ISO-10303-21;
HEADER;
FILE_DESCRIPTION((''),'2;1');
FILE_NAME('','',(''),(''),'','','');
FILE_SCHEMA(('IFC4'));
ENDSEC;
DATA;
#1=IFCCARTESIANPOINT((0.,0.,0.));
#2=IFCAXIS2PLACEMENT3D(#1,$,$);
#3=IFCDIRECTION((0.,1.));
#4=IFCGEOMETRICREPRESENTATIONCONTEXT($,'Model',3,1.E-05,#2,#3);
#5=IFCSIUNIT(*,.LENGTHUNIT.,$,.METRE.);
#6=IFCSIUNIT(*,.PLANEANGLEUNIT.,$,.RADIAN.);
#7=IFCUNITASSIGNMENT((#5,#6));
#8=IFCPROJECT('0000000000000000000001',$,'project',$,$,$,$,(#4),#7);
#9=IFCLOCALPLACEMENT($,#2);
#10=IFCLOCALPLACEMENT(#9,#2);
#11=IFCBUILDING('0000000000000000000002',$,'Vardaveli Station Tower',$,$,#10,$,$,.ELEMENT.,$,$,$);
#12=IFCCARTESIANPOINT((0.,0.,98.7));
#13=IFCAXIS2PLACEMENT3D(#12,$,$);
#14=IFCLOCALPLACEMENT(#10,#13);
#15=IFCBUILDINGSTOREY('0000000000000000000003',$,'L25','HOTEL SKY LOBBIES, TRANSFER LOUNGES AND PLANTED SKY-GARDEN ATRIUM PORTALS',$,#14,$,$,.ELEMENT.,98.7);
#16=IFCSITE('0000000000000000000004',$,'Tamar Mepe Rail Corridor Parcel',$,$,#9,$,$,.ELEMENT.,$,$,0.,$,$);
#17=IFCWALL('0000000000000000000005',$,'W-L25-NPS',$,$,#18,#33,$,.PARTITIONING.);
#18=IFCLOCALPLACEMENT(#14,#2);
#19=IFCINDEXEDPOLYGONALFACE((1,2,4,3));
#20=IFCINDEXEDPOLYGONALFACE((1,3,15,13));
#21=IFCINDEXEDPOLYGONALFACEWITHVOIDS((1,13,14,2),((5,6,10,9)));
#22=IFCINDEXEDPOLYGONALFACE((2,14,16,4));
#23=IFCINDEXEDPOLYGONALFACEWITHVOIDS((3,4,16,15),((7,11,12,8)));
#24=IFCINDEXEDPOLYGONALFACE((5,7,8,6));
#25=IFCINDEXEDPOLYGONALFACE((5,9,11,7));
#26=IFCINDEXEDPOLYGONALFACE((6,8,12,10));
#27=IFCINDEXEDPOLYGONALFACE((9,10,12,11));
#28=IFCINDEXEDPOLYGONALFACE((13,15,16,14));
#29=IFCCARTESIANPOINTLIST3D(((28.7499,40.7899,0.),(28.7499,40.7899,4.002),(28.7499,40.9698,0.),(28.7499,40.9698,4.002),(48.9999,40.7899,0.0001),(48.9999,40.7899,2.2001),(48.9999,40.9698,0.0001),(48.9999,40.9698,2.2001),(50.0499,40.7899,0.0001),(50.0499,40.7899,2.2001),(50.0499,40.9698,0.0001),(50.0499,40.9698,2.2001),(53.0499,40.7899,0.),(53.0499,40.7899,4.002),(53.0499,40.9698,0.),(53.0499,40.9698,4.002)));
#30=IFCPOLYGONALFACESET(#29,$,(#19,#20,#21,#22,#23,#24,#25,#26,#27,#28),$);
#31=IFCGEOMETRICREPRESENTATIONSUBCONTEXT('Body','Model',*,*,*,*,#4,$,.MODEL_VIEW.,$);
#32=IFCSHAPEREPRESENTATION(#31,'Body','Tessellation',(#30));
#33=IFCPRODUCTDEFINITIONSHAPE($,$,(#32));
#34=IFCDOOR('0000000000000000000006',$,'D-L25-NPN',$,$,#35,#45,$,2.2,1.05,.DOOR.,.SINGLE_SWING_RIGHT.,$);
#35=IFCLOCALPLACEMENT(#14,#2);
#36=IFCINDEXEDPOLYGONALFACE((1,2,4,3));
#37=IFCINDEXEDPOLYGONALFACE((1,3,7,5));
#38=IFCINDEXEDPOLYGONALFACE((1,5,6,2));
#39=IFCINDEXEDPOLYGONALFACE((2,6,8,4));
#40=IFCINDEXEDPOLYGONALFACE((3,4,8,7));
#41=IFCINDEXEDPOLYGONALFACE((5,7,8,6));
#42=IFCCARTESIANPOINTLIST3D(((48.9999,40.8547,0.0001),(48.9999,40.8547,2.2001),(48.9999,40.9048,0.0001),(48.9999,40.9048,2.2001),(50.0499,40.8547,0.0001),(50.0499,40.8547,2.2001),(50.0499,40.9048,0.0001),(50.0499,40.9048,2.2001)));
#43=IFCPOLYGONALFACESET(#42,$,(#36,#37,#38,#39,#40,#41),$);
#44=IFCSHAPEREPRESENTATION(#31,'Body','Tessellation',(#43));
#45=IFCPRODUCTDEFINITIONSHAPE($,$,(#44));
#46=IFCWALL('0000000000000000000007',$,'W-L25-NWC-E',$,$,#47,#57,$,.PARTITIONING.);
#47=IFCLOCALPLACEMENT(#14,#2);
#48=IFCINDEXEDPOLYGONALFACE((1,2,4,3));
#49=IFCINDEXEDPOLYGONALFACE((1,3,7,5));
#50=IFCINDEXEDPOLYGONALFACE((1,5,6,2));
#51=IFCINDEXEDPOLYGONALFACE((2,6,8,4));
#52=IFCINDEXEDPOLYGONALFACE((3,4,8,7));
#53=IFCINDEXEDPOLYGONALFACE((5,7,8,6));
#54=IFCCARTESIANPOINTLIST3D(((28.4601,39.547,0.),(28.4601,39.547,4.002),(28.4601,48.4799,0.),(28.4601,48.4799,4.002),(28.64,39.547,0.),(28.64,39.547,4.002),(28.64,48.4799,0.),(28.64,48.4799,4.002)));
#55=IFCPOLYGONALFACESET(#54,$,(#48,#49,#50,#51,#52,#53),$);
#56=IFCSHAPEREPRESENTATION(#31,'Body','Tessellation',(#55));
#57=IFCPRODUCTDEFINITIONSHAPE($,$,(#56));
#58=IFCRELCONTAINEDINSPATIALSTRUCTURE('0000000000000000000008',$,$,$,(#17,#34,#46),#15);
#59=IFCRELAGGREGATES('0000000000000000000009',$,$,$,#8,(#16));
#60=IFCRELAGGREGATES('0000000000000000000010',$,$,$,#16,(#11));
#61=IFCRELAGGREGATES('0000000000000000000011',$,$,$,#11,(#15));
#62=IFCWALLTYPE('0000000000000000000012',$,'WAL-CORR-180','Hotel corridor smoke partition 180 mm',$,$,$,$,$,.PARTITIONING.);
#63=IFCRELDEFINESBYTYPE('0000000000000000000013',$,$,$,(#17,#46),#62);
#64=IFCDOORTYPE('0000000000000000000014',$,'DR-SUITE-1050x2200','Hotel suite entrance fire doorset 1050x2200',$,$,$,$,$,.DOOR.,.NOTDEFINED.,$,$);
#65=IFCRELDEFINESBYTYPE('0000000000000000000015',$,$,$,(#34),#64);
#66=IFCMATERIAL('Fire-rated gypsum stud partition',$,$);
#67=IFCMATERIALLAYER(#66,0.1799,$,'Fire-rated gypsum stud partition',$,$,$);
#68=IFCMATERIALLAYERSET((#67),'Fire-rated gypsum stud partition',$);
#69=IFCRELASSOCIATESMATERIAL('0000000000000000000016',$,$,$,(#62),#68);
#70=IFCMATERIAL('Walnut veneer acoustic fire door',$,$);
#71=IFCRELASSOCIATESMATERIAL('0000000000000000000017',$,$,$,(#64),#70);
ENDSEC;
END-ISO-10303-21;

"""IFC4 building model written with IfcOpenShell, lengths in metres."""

from ifc_helpers import new_model, si_unit, direction, frame, frame_2d, origin, place, context, subcontext, project, spatial, rectangle, extrude, source, transform, mapped, material, layer, layer_set, type_object, element, fill, save


model = new_model("IFC4")

# Units and contexts
model_context = context("Model", 3, precision=1e-05, world=origin(), true_north=direction((0.0, 1.0)))
body_context = subcontext(model_context, "Body", "Model", "MODEL_VIEW")
ifc_project = project(units=[si_unit("LENGTHUNIT", "METRE"), si_unit("PLANEANGLEUNIT", "RADIAN")], contexts=[model_context])

# Site, building, storey
site_placement = place(None, origin())
site = spatial("IfcSite", under=ifc_project, at=site_placement, Name="Tamar Mepe Rail Corridor Parcel", CompositionType="ELEMENT", RefElevation=0.0)
building_placement = place(site_placement, origin())
building = spatial("IfcBuilding", under=site, at=building_placement, Name="Vardaveli Station Tower", CompositionType="ELEMENT")
storey_placement = place(building_placement, frame((0.0, 0.0, 98.7)))
storey = spatial("IfcBuildingStorey", under=building, at=storey_placement, Name="L25", Description="HOTEL SKY LOBBIES, TRANSFER LOUNGES AND PLANTED SKY-GARDEN ATRIUM PORTALS", CompositionType="ELEMENT", Elevation=98.7)

# Wall, opening, door
ifc_material_1 = material(Name="Fire-rated gypsum stud partition")
ifc_layer_1 = layer(ifc_material_1, 0.1799, Name="Fire-rated gypsum stud partition")
ifc_layer_set_1 = layer_set([ifc_layer_1], Name="Fire-rated gypsum stud partition")
wall_type_1 = type_object("IfcWallType", Name="WAL-CORR-180", Description="Hotel corridor smoke partition 180 mm", PredefinedType="PARTITIONING", material=ifc_layer_set_1)
shared_shape_1 = source(origin(), body_context, "Body", "SweptSolid", [
    extrude(rectangle(XDim=24.3, YDim=0.1799, at=frame_2d((12.1499, 0.0))), origin(), (0.0, 0.0, 1.0), 4.002),
])
wall_1_placement = place(storey_placement, frame((28.75, 40.8799, 0.0), z_axis=(0.0, 0.0, 1.0), x_axis=(1.0, 0.0, 0.0)))
wall_1 = element("IfcWall", 1, at=wall_1_placement, inside=storey, type_object=wall_type_1, Name="W-L25-NPS", PredefinedType="PARTITIONING", context=body_context, shape_type="MappedRepresentation", body=[
    mapped(shared_shape_1, transform((0.0, 0.0, 0.0), scale=1.0)),
])
shared_shape_2 = source(origin(), body_context, "Body", "SweptSolid", [
    extrude(rectangle(XDim=1.05, YDim=2.2, at=frame_2d((0.5249, 1.1001))), frame((0.0, 0.1001, 0.0), z_axis=(0.0, -1.0, 0.0), x_axis=(1.0, 0.0, 0.0)), (0.0, 0.0, 1.0), 0.2),
])
opening_1_placement = place(wall_1_placement, frame((20.25, 0.0, 0.0)))
opening_1 = element("IfcOpeningElement", 2, at=opening_1_placement, cuts=wall_1, PredefinedType="OPENING", context=body_context, shape_type="MappedRepresentation", body=[
    mapped(shared_shape_2, transform((0.0, 0.0, 0.0), scale=1.0)),
])
ifc_material_2 = material(Name="Walnut veneer acoustic fire door")
door_type_1 = type_object("IfcDoorType", Name="DR-SUITE-1050x2200", Description="Hotel suite entrance fire doorset 1050x2200", OperationType="NOTDEFINED", PredefinedType="DOOR", material=ifc_material_2)
shared_shape_3 = source(origin(), body_context, "Body", "SweptSolid", [
    extrude(rectangle(XDim=1.05, YDim=2.2, at=frame_2d((0.5249, 1.1001))), frame((0.0, 0.0249, 0.0), z_axis=(0.0, -1.0, 0.0), x_axis=(1.0, 0.0, 0.0)), (0.0, 0.0, 1.0), 0.05),
])
door_1_placement = place(opening_1_placement, origin())
door_1 = element("IfcDoor", 3, at=door_1_placement, inside=storey, type_object=door_type_1, Name="D-L25-NPN", OperationType="SINGLE_SWING_RIGHT", OverallHeight=2.2, OverallWidth=1.05, PredefinedType="DOOR", context=body_context, shape_type="MappedRepresentation", body=[
    mapped(shared_shape_3, transform((0.0, 0.0, 0.0), scale=1.0)),
])
fill(opening_1, door_1)

# Wall
shared_shape_4 = source(origin(), body_context, "Body", "SweptSolid", [
    extrude(rectangle(XDim=8.9329, YDim=0.1799, at=frame_2d((4.4663, 0.0))), origin(), (0.0, 0.0, 1.0), 4.002),
])
wall_2_placement = place(storey_placement, frame((28.55, 39.5471, 0.0), z_axis=(0.0, 0.0, 1.0), x_axis=(0.0, 1.0, 0.0)))
element("IfcWall", 4, at=wall_2_placement, inside=storey, type_object=wall_type_1, Name="W-L25-NWC-E", PredefinedType="PARTITIONING", context=body_context, shape_type="MappedRepresentation", body=[
    mapped(shared_shape_4, transform((0.0, 0.0, 0.0), scale=1.0)),
])

save(model, "model.ifc")
